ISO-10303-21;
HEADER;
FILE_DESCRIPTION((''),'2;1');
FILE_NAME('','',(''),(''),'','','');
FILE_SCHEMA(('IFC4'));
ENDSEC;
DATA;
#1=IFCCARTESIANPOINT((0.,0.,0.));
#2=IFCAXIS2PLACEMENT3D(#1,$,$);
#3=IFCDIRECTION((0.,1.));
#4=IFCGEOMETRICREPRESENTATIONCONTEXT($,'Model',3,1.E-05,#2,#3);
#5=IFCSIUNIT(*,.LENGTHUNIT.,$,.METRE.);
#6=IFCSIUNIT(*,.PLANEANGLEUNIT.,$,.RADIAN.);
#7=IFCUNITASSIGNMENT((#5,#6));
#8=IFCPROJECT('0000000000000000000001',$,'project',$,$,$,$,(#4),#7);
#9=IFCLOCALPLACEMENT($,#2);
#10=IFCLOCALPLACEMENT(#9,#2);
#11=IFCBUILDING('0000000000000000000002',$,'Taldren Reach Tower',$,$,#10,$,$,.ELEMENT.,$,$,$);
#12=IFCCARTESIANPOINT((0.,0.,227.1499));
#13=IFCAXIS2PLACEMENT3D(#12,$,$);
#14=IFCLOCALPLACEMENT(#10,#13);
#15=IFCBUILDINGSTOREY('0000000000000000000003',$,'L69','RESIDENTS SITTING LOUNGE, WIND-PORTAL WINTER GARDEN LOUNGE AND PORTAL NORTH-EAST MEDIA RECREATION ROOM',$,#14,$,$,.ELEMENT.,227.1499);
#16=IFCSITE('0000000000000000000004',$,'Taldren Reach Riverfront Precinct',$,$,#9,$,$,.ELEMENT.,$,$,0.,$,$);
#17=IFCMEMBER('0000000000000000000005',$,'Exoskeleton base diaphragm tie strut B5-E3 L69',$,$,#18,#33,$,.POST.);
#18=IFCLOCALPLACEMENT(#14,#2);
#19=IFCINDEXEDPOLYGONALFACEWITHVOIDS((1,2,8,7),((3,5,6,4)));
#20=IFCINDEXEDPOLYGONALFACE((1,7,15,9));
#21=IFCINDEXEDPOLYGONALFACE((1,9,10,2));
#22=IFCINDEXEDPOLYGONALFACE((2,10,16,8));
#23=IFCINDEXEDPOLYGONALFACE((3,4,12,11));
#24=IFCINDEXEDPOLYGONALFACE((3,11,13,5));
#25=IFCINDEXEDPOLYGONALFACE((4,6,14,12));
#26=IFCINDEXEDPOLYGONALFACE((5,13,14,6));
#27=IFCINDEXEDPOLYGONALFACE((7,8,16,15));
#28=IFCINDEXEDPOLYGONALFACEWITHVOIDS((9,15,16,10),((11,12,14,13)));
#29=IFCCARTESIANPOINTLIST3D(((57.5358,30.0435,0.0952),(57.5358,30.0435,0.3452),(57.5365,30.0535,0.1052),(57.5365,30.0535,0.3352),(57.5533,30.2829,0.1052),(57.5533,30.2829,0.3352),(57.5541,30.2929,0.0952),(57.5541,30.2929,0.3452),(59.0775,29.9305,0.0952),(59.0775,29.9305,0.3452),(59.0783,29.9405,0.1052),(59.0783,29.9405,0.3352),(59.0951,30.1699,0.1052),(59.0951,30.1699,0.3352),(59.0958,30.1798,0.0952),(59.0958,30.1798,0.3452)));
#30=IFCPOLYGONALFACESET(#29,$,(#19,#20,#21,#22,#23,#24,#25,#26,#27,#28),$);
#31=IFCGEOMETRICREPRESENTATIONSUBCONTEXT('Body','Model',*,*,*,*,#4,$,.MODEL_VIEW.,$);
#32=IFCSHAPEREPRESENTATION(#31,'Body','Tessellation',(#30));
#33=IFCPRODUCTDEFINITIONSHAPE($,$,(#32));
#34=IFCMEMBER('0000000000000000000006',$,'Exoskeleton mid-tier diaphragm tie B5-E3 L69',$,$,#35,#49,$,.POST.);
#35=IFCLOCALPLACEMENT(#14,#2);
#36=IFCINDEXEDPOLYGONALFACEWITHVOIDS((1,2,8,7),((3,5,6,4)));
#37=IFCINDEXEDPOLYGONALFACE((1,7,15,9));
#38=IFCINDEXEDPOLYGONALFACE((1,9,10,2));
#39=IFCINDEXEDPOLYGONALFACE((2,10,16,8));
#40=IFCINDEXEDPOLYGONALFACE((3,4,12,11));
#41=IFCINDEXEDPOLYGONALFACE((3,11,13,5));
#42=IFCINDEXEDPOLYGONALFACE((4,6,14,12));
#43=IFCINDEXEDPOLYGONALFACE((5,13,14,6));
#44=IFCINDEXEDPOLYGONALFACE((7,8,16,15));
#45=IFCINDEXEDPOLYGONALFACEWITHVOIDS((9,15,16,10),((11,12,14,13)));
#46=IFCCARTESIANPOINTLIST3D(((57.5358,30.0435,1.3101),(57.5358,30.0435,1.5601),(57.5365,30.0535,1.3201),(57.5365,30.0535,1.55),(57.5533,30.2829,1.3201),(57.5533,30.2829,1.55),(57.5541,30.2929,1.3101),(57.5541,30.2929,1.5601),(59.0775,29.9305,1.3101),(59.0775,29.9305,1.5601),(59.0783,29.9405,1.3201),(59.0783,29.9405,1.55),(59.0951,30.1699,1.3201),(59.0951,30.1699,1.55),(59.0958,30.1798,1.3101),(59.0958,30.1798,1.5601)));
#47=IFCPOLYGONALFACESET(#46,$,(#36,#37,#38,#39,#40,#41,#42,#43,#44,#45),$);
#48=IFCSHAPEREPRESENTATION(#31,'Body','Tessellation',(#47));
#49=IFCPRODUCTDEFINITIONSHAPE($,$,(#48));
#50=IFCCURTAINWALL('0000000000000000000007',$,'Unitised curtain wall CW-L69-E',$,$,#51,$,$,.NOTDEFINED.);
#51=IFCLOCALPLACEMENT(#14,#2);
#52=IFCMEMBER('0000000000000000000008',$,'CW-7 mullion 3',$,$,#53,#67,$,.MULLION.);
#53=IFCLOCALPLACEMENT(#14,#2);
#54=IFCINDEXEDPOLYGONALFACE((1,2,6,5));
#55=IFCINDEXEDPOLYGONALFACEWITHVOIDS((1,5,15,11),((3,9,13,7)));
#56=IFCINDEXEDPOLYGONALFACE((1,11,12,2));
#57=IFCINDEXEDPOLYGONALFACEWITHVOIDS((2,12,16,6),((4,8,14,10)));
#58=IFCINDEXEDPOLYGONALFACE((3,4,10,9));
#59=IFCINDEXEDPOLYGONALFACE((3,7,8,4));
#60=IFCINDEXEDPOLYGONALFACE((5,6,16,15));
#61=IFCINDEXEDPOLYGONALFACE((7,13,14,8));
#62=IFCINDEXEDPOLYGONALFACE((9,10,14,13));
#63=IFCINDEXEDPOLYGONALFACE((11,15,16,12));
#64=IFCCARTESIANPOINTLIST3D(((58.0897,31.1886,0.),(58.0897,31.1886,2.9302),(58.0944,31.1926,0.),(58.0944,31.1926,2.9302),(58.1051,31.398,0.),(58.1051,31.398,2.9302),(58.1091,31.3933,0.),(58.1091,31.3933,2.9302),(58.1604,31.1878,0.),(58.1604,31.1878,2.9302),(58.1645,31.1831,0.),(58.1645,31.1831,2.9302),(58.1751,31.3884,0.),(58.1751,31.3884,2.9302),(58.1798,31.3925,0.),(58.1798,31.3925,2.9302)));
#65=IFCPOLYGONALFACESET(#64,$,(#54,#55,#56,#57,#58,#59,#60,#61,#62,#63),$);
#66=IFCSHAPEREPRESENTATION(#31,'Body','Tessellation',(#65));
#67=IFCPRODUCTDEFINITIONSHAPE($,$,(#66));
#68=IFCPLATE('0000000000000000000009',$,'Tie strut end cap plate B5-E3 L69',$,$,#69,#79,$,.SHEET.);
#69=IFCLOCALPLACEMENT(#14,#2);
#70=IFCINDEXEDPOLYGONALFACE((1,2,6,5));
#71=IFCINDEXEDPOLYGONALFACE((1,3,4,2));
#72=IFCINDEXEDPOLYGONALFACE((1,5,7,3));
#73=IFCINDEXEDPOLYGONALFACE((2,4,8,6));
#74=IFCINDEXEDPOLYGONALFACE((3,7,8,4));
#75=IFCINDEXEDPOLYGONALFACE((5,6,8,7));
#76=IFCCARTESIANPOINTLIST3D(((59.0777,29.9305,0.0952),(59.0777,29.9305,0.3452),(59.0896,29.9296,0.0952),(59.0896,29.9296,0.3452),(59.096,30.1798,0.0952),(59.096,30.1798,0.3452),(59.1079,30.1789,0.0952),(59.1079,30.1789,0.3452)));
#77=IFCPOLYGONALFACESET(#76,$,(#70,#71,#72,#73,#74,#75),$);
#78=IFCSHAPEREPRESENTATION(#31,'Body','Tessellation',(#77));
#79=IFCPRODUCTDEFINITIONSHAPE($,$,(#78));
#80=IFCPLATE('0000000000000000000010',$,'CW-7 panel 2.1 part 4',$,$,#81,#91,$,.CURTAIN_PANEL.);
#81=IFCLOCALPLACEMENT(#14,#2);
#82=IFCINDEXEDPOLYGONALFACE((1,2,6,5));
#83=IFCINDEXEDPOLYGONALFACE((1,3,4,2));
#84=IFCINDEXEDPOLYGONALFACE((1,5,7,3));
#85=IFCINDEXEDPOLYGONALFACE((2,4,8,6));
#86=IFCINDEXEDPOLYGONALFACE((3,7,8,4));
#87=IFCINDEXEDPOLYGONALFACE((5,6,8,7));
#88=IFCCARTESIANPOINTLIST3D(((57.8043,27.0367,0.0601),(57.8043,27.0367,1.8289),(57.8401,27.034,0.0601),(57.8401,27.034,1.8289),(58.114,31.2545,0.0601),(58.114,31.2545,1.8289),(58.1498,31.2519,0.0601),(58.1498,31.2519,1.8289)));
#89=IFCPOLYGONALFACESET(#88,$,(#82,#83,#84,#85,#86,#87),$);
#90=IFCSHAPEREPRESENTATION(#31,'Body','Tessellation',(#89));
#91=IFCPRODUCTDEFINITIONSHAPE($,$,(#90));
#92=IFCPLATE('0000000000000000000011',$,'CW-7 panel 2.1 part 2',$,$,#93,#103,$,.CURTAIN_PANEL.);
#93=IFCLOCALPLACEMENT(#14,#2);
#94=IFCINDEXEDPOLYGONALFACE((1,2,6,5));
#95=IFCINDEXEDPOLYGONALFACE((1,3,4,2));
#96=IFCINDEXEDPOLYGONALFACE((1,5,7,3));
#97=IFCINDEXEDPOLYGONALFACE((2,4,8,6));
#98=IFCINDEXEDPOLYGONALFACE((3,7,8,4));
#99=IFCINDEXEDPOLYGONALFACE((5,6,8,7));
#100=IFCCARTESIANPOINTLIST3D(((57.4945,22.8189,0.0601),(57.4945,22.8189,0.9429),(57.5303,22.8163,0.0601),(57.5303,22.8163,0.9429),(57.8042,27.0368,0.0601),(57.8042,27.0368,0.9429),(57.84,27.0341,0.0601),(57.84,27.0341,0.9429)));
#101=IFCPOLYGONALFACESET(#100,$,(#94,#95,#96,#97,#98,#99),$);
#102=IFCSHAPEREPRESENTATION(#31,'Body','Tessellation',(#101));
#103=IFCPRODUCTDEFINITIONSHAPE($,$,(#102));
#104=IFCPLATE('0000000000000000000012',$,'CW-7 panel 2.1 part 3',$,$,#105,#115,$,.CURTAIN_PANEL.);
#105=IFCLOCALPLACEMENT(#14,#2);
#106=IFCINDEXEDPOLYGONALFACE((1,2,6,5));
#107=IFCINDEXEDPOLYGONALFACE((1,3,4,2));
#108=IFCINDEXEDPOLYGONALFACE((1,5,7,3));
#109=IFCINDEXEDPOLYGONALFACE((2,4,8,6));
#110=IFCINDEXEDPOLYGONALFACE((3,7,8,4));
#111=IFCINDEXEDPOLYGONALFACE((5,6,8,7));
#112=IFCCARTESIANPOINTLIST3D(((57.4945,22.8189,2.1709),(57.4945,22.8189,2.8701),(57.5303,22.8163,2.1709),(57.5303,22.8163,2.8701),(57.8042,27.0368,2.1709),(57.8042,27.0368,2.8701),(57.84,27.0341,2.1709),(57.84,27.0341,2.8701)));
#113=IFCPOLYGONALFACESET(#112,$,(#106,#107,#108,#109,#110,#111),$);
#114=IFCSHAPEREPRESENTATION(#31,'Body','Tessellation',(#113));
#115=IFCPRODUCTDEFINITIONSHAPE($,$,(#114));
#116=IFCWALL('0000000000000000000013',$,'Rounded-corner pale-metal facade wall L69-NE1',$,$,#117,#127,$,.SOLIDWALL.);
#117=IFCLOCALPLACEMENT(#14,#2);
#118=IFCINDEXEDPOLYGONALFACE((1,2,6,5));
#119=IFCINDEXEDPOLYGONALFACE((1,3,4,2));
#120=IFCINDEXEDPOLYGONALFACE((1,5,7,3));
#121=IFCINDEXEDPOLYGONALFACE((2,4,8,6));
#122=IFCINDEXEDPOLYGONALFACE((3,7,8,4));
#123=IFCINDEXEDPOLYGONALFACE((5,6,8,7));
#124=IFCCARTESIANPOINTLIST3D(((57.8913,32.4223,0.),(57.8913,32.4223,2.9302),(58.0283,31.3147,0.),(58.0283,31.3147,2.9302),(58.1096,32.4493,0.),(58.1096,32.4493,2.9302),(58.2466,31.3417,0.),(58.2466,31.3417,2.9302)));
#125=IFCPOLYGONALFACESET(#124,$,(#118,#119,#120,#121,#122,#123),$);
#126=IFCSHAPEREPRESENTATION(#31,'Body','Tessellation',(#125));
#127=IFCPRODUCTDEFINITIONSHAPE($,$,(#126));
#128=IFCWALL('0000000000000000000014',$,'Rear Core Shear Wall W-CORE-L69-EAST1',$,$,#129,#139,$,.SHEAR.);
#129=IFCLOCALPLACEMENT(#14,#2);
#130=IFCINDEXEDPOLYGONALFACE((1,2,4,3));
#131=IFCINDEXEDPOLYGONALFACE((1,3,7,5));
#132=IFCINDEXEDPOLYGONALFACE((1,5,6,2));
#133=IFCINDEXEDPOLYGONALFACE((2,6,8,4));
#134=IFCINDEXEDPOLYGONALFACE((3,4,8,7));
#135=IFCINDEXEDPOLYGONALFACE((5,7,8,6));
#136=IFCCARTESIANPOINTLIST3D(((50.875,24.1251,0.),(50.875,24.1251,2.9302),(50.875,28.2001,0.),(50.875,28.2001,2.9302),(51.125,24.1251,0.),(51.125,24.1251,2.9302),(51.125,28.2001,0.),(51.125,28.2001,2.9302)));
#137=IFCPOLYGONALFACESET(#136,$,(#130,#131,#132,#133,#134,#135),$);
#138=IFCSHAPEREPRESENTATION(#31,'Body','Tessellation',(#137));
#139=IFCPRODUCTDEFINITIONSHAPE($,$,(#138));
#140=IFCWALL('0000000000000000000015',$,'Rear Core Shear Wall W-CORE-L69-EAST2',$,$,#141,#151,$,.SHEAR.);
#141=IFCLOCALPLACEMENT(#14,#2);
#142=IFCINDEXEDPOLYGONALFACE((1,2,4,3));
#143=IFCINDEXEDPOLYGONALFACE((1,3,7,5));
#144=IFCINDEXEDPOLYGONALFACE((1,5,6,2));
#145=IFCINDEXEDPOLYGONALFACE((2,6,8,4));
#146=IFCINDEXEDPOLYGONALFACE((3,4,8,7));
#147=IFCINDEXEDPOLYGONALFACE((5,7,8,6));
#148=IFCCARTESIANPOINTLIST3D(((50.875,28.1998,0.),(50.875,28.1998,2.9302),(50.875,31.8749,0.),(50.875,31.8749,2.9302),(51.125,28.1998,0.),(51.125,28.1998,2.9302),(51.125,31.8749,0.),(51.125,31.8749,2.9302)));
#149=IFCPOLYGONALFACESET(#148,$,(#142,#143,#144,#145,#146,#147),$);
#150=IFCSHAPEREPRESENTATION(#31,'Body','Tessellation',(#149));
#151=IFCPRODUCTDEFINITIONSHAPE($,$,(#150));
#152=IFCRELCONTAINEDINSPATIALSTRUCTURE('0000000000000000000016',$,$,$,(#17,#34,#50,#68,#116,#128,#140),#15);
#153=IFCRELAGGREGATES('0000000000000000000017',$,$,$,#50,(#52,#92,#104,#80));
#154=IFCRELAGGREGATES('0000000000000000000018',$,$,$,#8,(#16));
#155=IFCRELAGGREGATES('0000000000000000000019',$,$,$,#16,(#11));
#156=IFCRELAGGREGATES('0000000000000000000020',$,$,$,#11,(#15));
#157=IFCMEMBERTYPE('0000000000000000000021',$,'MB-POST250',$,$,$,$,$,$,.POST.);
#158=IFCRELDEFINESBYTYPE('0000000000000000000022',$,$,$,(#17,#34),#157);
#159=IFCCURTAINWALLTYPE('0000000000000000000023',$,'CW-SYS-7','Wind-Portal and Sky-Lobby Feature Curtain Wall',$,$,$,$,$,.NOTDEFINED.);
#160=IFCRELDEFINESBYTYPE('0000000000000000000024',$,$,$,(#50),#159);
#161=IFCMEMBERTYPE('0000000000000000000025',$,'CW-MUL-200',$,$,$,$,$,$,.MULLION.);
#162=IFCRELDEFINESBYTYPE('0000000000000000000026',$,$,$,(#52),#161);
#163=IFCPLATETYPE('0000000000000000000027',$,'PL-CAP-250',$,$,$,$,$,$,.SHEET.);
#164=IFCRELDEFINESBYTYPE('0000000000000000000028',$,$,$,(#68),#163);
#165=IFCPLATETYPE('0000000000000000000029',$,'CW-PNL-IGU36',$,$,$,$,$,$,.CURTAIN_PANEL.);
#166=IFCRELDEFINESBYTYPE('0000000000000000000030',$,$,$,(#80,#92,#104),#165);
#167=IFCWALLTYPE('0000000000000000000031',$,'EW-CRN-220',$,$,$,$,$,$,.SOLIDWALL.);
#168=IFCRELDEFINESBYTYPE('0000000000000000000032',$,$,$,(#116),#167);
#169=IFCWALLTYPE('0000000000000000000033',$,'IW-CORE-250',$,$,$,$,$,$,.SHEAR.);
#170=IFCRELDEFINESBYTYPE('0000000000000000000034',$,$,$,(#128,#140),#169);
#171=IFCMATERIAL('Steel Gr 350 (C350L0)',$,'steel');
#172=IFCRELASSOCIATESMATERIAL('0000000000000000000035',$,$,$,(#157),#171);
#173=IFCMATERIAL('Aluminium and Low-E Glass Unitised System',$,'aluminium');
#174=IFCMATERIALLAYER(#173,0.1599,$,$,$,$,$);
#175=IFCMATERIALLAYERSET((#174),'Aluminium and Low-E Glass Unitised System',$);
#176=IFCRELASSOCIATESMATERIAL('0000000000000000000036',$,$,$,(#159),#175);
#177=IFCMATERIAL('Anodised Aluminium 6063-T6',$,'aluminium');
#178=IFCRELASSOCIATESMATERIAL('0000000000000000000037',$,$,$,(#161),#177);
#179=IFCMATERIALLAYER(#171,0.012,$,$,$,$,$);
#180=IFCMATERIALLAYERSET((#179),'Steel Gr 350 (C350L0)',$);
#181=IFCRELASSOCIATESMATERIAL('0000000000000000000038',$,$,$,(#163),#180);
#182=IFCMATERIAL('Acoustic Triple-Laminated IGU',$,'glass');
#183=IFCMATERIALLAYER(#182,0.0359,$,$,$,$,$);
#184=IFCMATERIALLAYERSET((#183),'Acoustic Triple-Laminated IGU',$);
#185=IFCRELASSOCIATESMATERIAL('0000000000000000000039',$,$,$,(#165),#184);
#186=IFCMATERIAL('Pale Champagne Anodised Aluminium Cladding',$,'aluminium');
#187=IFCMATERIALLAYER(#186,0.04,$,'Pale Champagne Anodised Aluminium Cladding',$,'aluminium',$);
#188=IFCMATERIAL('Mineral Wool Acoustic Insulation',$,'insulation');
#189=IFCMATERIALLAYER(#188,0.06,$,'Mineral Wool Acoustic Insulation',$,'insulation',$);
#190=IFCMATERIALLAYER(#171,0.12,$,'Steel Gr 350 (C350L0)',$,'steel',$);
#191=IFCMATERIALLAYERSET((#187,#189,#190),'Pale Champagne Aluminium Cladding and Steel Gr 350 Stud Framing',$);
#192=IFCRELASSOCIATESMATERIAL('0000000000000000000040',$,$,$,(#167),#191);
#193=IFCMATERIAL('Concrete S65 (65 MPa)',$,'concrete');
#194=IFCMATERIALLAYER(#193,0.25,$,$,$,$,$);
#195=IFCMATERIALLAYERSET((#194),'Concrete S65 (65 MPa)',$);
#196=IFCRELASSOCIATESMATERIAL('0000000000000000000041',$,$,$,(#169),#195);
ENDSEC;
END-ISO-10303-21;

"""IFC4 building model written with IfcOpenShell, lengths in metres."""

from ifc_helpers import new_model, si_unit, direction, frame, frame_2d, origin, origin_2d, place, context, subcontext, project, spatial, rectangle, hollow_rectangle, extrude, source, transform, mapped, material, layer, layer_set, material_profile, profile_set, type_object, element, aggregate, save


model = new_model("IFC4")

# Units and contexts
model_context = context("Model", 3, precision=1e-05, world=origin(), true_north=direction((0.0, 1.0)))
body_context = subcontext(model_context, "Body", "Model", "MODEL_VIEW")
ifc_project = project(units=[si_unit("LENGTHUNIT", "METRE"), si_unit("PLANEANGLEUNIT", "RADIAN")], contexts=[model_context])

# Site, building, storey
site_placement = place(None, origin())
site = spatial("IfcSite", under=ifc_project, at=site_placement, Name="Taldren Reach Riverfront Precinct", CompositionType="ELEMENT", RefElevation=0.0)
building_placement = place(site_placement, origin())
building = spatial("IfcBuilding", under=site, at=building_placement, Name="Taldren Reach Tower", CompositionType="ELEMENT")
storey_placement = place(building_placement, frame((0.0, 0.0, 227.1499)))
storey = spatial("IfcBuildingStorey", under=building, at=storey_placement, Name="L69", Description="RESIDENTS SITTING LOUNGE, WIND-PORTAL WINTER GARDEN LOUNGE AND PORTAL NORTH-EAST MEDIA RECREATION ROOM", CompositionType="ELEMENT", Elevation=227.1499)

# Members
ifc_material_1 = material(Name="Steel Gr 350 (C350L0)", Category="steel")
ifc_material_profile_1 = material_profile(ifc_material_1, hollow_rectangle(XDim=0.25, YDim=0.25, WallThickness=0.01, at=origin_2d()), Name="250x250x10.0SHS")
ifc_profile_set_1 = profile_set([ifc_material_profile_1], Name="Steel Gr 350 (C350L0)")
member_type_1 = type_object("IfcMemberType", Name="MB-POST250", PredefinedType="POST", material=ifc_profile_set_1)
shared_shape_1 = source(origin(), body_context, "Body", "SweptSolid", [
    extrude(hollow_rectangle(XDim=0.25, YDim=0.25, WallThickness=0.01, at=origin_2d()), origin(), (0.0, 0.0, 1.0), 1.5459),
])
for number, where, z_axis, x_axis, name in (
    (1, (57.5449, 30.1682, 0.2202), (0.997323, -0.073121, 0.0), (0.073121, 0.997323, 0.0), "Exoskeleton base diaphragm tie strut B5-E3 L69"),
    (2, (57.5449, 30.1682, 1.4351), (0.997323, -0.073121, 0.0), (0.073121, 0.997323, 0.0), "Exoskeleton mid-tier diaphragm tie B5-E3 L69"),
):
    element("IfcMember", number, at=place(storey_placement, frame(where, z_axis=z_axis, x_axis=x_axis)), inside=storey, type_object=member_type_1, Name=name, PredefinedType="POST", context=body_context, shape_type="MappedRepresentation", body=[
        mapped(shared_shape_1, transform((0.0, 0.0, 0.0), scale=1.0)),
    ])

# Curtain wall, member
ifc_material_2 = material(Name="Aluminium and Low-E Glass Unitised System", Category="aluminium")
ifc_layer_1 = layer(ifc_material_2, 0.1599)
ifc_layer_set_1 = layer_set([ifc_layer_1], Name="Aluminium and Low-E Glass Unitised System")
curtain_wall_type = type_object("IfcCurtainWallType", Name="CW-SYS-7", Description="Wind-Portal and Sky-Lobby Feature Curtain Wall", PredefinedType="NOTDEFINED", material=ifc_layer_set_1)
curtain_wall_placement = place(storey_placement, origin())
curtain_wall = element("IfcCurtainWall", 3, at=curtain_wall_placement, inside=storey, type_object=curtain_wall_type, Name="Unitised curtain wall CW-L69-E", PredefinedType="NOTDEFINED")
ifc_material_3 = material(Name="Anodised Aluminium 6063-T6", Category="aluminium")
ifc_material_profile_2 = material_profile(ifc_material_3, hollow_rectangle(XDim=0.075, YDim=0.21, WallThickness=0.0044, at=origin_2d()), Name="ALU-210x75x4.5RHS")
ifc_profile_set_2 = profile_set([ifc_material_profile_2], Name="Anodised Aluminium 6063-T6")
member_type_2 = type_object("IfcMemberType", Name="CW-MUL-200", PredefinedType="MULLION", material=ifc_profile_set_2)
shared_shape_2 = source(origin(), body_context, "Body", "SweptSolid", [
    extrude(hollow_rectangle(XDim=0.075, YDim=0.21, WallThickness=0.0044, at=origin_2d()), origin(), (0.0, 0.0, 1.0), 2.9302),
])
member_1_placement = place(storey_placement, frame((58.1348, 31.2905, 0.0), z_axis=(0.0, 0.0, 1.0), x_axis=(-0.997314, 0.073238, 0.0)))
member_1 = element("IfcMember", 4, at=member_1_placement, type_object=member_type_2, Name="CW-7 mullion 3", PredefinedType="MULLION", context=body_context, shape_type="MappedRepresentation", body=[
    mapped(shared_shape_2, transform((0.0, 0.0, 0.0), scale=1.0)),
])

# Plates
ifc_layer_2 = layer(ifc_material_1, 0.012)
ifc_layer_set_2 = layer_set([ifc_layer_2], Name="Steel Gr 350 (C350L0)")
plate_type_1 = type_object("IfcPlateType", Name="PL-CAP-250", PredefinedType="SHEET", material=ifc_layer_set_2)
shared_shape_3 = source(origin(), body_context, "Body", "SweptSolid", [
    extrude(rectangle(XDim=0.012, YDim=0.25, at=origin_2d()), origin(), (0.0, 0.0, 1.0), 0.25),
])
plate_1_placement = place(storey_placement, frame((59.0928, 30.0547, 0.0952), z_axis=(0.0, 0.0, 1.0), x_axis=(0.997314, -0.073238, 0.0)))
element("IfcPlate", 5, at=plate_1_placement, inside=storey, type_object=plate_type_1, Name="Tie strut end cap plate B5-E3 L69", PredefinedType="SHEET", context=body_context, shape_type="MappedRepresentation", body=[
    mapped(shared_shape_3, transform((0.0, 0.0, 0.0), scale=1.0)),
])
ifc_material_4 = material(Name="Acoustic Triple-Laminated IGU", Category="glass")
ifc_layer_3 = layer(ifc_material_4, 0.0359)
ifc_layer_set_3 = layer_set([ifc_layer_3], Name="Acoustic Triple-Laminated IGU")
plate_type_2 = type_object("IfcPlateType", Name="CW-PNL-IGU36", PredefinedType="CURTAIN_PANEL", material=ifc_layer_set_3)
shared_shape_4 = source(origin(), body_context, "Body", "SweptSolid", [
    extrude(rectangle(XDim=4.2292, YDim=0.0359, at=origin_2d()), origin(), (0.0, 0.0, 1.0), 1.7688),
])
plate_2_placement = place(storey_placement, frame((57.9771, 29.1443, 0.0601), z_axis=(0.0, 0.0, 1.0), x_axis=(0.073238, 0.997314, 0.0)))
plate_2 = element("IfcPlate", 6, at=plate_2_placement, type_object=plate_type_2, Name="CW-7 panel 2.1 part 4", PredefinedType="CURTAIN_PANEL", context=body_context, shape_type="MappedRepresentation", body=[
    mapped(shared_shape_4, transform((0.0, 0.0, 0.0), scale=1.0)),
])
shared_shape_5 = source(origin(), body_context, "Body", "SweptSolid", [
    extrude(rectangle(XDim=4.2292, YDim=0.0359, at=origin_2d()), origin(), (0.0, 0.0, 1.0), 0.8828),
])
plate_3_placement = place(storey_placement, frame((57.6672, 24.9265, 0.0601), z_axis=(0.0, 0.0, 1.0), x_axis=(0.073238, 0.997314, 0.0)))
plate_3 = element("IfcPlate", 7, at=plate_3_placement, type_object=plate_type_2, Name="CW-7 panel 2.1 part 2", PredefinedType="CURTAIN_PANEL", context=body_context, shape_type="MappedRepresentation", body=[
    mapped(shared_shape_5, transform((0.0, 0.0, 0.0), scale=1.0)),
])
shared_shape_6 = source(origin(), body_context, "Body", "SweptSolid", [
    extrude(rectangle(XDim=4.2292, YDim=0.0359, at=origin_2d()), origin(), (0.0, 0.0, 1.0), 0.6992),
])
plate_4_placement = place(storey_placement, frame((57.6672, 24.9265, 2.1709), z_axis=(0.0, 0.0, 1.0), x_axis=(0.073238, 0.997314, 0.0)))
plate_4 = element("IfcPlate", 8, at=plate_4_placement, type_object=plate_type_2, Name="CW-7 panel 2.1 part 3", PredefinedType="CURTAIN_PANEL", context=body_context, shape_type="MappedRepresentation", body=[
    mapped(shared_shape_6, transform((0.0, 0.0, 0.0), scale=1.0)),
])
aggregate(curtain_wall, [member_1, plate_3, plate_4, plate_2])

# Walls
ifc_material_5 = material(Name="Pale Champagne Anodised Aluminium Cladding", Category="aluminium")
ifc_layer_4 = layer(ifc_material_5, 0.04, Name="Pale Champagne Anodised Aluminium Cladding", Category="aluminium")
ifc_material_6 = material(Name="Mineral Wool Acoustic Insulation", Category="insulation")
ifc_layer_5 = layer(ifc_material_6, 0.06, Name="Mineral Wool Acoustic Insulation", Category="insulation")
ifc_layer_6 = layer(ifc_material_1, 0.12, Name="Steel Gr 350 (C350L0)", Category="steel")
ifc_layer_set_4 = layer_set([ifc_layer_4, ifc_layer_5, ifc_layer_6], Name="Pale Champagne Aluminium Cladding and Steel Gr 350 Stud Framing")
wall_type_1 = type_object("IfcWallType", Name="EW-CRN-220", PredefinedType="SOLIDWALL", material=ifc_layer_set_4)
shared_shape_7 = source(origin(), body_context, "Body", "SweptSolid", [
    extrude(rectangle(XDim=1.116, YDim=0.22, at=frame_2d((0.5581, 0.0))), origin(), (0.0, 0.0, 1.0), 2.9302),
])
wall_1_placement = place(storey_placement, frame((58.1375, 31.3281, 0.0), z_axis=(0.0, 0.0, 1.0), x_axis=(-0.122742, 0.992439, 0.0)))
element("IfcWall", 9, at=wall_1_placement, inside=storey, type_object=wall_type_1, Name="Rounded-corner pale-metal facade wall L69-NE1", PredefinedType="SOLIDWALL", context=body_context, shape_type="MappedRepresentation", body=[
    mapped(shared_shape_7, transform((0.0, 0.0, 0.0), scale=1.0)),
])
ifc_material_7 = material(Name="Concrete S65 (65 MPa)", Category="concrete")
ifc_layer_7 = layer(ifc_material_7, 0.25)
ifc_layer_set_5 = layer_set([ifc_layer_7], Name="Concrete S65 (65 MPa)")
wall_type_2 = type_object("IfcWallType", Name="IW-CORE-250", PredefinedType="SHEAR", material=ifc_layer_set_5)
shared_shape_8 = source(origin(), body_context, "Body", "SweptSolid", [
    extrude(rectangle(XDim=4.075, YDim=0.25, at=frame_2d((2.0376, 0.0))), origin(), (0.0, 0.0, 1.0), 2.9302),
])
wall_2_placement = place(storey_placement, frame((51.0, 24.125, 0.0), z_axis=(0.0, 0.0, 1.0), x_axis=(0.0, 1.0, 0.0)))
element("IfcWall", 10, at=wall_2_placement, inside=storey, type_object=wall_type_2, Name="Rear Core Shear Wall W-CORE-L69-EAST1", PredefinedType="SHEAR", context=body_context, shape_type="MappedRepresentation", body=[
    mapped(shared_shape_8, transform((0.0, 0.0, 0.0), scale=1.0)),
])
shared_shape_9 = source(origin(), body_context, "Body", "SweptSolid", [
    extrude(rectangle(XDim=3.675, YDim=0.25, at=frame_2d((1.8374, 0.0))), origin(), (0.0, 0.0, 1.0), 2.9302),
])
wall_3_placement = place(storey_placement, frame((51.0, 28.2, 0.0), z_axis=(0.0, 0.0, 1.0), x_axis=(0.0, 1.0, 0.0)))
element("IfcWall", 11, at=wall_3_placement, inside=storey, type_object=wall_type_2, Name="Rear Core Shear Wall W-CORE-L69-EAST2", PredefinedType="SHEAR", context=body_context, shape_type="MappedRepresentation", body=[
    mapped(shared_shape_9, transform((0.0, 0.0, 0.0), scale=1.0)),
])

save(model, "model.ifc")
